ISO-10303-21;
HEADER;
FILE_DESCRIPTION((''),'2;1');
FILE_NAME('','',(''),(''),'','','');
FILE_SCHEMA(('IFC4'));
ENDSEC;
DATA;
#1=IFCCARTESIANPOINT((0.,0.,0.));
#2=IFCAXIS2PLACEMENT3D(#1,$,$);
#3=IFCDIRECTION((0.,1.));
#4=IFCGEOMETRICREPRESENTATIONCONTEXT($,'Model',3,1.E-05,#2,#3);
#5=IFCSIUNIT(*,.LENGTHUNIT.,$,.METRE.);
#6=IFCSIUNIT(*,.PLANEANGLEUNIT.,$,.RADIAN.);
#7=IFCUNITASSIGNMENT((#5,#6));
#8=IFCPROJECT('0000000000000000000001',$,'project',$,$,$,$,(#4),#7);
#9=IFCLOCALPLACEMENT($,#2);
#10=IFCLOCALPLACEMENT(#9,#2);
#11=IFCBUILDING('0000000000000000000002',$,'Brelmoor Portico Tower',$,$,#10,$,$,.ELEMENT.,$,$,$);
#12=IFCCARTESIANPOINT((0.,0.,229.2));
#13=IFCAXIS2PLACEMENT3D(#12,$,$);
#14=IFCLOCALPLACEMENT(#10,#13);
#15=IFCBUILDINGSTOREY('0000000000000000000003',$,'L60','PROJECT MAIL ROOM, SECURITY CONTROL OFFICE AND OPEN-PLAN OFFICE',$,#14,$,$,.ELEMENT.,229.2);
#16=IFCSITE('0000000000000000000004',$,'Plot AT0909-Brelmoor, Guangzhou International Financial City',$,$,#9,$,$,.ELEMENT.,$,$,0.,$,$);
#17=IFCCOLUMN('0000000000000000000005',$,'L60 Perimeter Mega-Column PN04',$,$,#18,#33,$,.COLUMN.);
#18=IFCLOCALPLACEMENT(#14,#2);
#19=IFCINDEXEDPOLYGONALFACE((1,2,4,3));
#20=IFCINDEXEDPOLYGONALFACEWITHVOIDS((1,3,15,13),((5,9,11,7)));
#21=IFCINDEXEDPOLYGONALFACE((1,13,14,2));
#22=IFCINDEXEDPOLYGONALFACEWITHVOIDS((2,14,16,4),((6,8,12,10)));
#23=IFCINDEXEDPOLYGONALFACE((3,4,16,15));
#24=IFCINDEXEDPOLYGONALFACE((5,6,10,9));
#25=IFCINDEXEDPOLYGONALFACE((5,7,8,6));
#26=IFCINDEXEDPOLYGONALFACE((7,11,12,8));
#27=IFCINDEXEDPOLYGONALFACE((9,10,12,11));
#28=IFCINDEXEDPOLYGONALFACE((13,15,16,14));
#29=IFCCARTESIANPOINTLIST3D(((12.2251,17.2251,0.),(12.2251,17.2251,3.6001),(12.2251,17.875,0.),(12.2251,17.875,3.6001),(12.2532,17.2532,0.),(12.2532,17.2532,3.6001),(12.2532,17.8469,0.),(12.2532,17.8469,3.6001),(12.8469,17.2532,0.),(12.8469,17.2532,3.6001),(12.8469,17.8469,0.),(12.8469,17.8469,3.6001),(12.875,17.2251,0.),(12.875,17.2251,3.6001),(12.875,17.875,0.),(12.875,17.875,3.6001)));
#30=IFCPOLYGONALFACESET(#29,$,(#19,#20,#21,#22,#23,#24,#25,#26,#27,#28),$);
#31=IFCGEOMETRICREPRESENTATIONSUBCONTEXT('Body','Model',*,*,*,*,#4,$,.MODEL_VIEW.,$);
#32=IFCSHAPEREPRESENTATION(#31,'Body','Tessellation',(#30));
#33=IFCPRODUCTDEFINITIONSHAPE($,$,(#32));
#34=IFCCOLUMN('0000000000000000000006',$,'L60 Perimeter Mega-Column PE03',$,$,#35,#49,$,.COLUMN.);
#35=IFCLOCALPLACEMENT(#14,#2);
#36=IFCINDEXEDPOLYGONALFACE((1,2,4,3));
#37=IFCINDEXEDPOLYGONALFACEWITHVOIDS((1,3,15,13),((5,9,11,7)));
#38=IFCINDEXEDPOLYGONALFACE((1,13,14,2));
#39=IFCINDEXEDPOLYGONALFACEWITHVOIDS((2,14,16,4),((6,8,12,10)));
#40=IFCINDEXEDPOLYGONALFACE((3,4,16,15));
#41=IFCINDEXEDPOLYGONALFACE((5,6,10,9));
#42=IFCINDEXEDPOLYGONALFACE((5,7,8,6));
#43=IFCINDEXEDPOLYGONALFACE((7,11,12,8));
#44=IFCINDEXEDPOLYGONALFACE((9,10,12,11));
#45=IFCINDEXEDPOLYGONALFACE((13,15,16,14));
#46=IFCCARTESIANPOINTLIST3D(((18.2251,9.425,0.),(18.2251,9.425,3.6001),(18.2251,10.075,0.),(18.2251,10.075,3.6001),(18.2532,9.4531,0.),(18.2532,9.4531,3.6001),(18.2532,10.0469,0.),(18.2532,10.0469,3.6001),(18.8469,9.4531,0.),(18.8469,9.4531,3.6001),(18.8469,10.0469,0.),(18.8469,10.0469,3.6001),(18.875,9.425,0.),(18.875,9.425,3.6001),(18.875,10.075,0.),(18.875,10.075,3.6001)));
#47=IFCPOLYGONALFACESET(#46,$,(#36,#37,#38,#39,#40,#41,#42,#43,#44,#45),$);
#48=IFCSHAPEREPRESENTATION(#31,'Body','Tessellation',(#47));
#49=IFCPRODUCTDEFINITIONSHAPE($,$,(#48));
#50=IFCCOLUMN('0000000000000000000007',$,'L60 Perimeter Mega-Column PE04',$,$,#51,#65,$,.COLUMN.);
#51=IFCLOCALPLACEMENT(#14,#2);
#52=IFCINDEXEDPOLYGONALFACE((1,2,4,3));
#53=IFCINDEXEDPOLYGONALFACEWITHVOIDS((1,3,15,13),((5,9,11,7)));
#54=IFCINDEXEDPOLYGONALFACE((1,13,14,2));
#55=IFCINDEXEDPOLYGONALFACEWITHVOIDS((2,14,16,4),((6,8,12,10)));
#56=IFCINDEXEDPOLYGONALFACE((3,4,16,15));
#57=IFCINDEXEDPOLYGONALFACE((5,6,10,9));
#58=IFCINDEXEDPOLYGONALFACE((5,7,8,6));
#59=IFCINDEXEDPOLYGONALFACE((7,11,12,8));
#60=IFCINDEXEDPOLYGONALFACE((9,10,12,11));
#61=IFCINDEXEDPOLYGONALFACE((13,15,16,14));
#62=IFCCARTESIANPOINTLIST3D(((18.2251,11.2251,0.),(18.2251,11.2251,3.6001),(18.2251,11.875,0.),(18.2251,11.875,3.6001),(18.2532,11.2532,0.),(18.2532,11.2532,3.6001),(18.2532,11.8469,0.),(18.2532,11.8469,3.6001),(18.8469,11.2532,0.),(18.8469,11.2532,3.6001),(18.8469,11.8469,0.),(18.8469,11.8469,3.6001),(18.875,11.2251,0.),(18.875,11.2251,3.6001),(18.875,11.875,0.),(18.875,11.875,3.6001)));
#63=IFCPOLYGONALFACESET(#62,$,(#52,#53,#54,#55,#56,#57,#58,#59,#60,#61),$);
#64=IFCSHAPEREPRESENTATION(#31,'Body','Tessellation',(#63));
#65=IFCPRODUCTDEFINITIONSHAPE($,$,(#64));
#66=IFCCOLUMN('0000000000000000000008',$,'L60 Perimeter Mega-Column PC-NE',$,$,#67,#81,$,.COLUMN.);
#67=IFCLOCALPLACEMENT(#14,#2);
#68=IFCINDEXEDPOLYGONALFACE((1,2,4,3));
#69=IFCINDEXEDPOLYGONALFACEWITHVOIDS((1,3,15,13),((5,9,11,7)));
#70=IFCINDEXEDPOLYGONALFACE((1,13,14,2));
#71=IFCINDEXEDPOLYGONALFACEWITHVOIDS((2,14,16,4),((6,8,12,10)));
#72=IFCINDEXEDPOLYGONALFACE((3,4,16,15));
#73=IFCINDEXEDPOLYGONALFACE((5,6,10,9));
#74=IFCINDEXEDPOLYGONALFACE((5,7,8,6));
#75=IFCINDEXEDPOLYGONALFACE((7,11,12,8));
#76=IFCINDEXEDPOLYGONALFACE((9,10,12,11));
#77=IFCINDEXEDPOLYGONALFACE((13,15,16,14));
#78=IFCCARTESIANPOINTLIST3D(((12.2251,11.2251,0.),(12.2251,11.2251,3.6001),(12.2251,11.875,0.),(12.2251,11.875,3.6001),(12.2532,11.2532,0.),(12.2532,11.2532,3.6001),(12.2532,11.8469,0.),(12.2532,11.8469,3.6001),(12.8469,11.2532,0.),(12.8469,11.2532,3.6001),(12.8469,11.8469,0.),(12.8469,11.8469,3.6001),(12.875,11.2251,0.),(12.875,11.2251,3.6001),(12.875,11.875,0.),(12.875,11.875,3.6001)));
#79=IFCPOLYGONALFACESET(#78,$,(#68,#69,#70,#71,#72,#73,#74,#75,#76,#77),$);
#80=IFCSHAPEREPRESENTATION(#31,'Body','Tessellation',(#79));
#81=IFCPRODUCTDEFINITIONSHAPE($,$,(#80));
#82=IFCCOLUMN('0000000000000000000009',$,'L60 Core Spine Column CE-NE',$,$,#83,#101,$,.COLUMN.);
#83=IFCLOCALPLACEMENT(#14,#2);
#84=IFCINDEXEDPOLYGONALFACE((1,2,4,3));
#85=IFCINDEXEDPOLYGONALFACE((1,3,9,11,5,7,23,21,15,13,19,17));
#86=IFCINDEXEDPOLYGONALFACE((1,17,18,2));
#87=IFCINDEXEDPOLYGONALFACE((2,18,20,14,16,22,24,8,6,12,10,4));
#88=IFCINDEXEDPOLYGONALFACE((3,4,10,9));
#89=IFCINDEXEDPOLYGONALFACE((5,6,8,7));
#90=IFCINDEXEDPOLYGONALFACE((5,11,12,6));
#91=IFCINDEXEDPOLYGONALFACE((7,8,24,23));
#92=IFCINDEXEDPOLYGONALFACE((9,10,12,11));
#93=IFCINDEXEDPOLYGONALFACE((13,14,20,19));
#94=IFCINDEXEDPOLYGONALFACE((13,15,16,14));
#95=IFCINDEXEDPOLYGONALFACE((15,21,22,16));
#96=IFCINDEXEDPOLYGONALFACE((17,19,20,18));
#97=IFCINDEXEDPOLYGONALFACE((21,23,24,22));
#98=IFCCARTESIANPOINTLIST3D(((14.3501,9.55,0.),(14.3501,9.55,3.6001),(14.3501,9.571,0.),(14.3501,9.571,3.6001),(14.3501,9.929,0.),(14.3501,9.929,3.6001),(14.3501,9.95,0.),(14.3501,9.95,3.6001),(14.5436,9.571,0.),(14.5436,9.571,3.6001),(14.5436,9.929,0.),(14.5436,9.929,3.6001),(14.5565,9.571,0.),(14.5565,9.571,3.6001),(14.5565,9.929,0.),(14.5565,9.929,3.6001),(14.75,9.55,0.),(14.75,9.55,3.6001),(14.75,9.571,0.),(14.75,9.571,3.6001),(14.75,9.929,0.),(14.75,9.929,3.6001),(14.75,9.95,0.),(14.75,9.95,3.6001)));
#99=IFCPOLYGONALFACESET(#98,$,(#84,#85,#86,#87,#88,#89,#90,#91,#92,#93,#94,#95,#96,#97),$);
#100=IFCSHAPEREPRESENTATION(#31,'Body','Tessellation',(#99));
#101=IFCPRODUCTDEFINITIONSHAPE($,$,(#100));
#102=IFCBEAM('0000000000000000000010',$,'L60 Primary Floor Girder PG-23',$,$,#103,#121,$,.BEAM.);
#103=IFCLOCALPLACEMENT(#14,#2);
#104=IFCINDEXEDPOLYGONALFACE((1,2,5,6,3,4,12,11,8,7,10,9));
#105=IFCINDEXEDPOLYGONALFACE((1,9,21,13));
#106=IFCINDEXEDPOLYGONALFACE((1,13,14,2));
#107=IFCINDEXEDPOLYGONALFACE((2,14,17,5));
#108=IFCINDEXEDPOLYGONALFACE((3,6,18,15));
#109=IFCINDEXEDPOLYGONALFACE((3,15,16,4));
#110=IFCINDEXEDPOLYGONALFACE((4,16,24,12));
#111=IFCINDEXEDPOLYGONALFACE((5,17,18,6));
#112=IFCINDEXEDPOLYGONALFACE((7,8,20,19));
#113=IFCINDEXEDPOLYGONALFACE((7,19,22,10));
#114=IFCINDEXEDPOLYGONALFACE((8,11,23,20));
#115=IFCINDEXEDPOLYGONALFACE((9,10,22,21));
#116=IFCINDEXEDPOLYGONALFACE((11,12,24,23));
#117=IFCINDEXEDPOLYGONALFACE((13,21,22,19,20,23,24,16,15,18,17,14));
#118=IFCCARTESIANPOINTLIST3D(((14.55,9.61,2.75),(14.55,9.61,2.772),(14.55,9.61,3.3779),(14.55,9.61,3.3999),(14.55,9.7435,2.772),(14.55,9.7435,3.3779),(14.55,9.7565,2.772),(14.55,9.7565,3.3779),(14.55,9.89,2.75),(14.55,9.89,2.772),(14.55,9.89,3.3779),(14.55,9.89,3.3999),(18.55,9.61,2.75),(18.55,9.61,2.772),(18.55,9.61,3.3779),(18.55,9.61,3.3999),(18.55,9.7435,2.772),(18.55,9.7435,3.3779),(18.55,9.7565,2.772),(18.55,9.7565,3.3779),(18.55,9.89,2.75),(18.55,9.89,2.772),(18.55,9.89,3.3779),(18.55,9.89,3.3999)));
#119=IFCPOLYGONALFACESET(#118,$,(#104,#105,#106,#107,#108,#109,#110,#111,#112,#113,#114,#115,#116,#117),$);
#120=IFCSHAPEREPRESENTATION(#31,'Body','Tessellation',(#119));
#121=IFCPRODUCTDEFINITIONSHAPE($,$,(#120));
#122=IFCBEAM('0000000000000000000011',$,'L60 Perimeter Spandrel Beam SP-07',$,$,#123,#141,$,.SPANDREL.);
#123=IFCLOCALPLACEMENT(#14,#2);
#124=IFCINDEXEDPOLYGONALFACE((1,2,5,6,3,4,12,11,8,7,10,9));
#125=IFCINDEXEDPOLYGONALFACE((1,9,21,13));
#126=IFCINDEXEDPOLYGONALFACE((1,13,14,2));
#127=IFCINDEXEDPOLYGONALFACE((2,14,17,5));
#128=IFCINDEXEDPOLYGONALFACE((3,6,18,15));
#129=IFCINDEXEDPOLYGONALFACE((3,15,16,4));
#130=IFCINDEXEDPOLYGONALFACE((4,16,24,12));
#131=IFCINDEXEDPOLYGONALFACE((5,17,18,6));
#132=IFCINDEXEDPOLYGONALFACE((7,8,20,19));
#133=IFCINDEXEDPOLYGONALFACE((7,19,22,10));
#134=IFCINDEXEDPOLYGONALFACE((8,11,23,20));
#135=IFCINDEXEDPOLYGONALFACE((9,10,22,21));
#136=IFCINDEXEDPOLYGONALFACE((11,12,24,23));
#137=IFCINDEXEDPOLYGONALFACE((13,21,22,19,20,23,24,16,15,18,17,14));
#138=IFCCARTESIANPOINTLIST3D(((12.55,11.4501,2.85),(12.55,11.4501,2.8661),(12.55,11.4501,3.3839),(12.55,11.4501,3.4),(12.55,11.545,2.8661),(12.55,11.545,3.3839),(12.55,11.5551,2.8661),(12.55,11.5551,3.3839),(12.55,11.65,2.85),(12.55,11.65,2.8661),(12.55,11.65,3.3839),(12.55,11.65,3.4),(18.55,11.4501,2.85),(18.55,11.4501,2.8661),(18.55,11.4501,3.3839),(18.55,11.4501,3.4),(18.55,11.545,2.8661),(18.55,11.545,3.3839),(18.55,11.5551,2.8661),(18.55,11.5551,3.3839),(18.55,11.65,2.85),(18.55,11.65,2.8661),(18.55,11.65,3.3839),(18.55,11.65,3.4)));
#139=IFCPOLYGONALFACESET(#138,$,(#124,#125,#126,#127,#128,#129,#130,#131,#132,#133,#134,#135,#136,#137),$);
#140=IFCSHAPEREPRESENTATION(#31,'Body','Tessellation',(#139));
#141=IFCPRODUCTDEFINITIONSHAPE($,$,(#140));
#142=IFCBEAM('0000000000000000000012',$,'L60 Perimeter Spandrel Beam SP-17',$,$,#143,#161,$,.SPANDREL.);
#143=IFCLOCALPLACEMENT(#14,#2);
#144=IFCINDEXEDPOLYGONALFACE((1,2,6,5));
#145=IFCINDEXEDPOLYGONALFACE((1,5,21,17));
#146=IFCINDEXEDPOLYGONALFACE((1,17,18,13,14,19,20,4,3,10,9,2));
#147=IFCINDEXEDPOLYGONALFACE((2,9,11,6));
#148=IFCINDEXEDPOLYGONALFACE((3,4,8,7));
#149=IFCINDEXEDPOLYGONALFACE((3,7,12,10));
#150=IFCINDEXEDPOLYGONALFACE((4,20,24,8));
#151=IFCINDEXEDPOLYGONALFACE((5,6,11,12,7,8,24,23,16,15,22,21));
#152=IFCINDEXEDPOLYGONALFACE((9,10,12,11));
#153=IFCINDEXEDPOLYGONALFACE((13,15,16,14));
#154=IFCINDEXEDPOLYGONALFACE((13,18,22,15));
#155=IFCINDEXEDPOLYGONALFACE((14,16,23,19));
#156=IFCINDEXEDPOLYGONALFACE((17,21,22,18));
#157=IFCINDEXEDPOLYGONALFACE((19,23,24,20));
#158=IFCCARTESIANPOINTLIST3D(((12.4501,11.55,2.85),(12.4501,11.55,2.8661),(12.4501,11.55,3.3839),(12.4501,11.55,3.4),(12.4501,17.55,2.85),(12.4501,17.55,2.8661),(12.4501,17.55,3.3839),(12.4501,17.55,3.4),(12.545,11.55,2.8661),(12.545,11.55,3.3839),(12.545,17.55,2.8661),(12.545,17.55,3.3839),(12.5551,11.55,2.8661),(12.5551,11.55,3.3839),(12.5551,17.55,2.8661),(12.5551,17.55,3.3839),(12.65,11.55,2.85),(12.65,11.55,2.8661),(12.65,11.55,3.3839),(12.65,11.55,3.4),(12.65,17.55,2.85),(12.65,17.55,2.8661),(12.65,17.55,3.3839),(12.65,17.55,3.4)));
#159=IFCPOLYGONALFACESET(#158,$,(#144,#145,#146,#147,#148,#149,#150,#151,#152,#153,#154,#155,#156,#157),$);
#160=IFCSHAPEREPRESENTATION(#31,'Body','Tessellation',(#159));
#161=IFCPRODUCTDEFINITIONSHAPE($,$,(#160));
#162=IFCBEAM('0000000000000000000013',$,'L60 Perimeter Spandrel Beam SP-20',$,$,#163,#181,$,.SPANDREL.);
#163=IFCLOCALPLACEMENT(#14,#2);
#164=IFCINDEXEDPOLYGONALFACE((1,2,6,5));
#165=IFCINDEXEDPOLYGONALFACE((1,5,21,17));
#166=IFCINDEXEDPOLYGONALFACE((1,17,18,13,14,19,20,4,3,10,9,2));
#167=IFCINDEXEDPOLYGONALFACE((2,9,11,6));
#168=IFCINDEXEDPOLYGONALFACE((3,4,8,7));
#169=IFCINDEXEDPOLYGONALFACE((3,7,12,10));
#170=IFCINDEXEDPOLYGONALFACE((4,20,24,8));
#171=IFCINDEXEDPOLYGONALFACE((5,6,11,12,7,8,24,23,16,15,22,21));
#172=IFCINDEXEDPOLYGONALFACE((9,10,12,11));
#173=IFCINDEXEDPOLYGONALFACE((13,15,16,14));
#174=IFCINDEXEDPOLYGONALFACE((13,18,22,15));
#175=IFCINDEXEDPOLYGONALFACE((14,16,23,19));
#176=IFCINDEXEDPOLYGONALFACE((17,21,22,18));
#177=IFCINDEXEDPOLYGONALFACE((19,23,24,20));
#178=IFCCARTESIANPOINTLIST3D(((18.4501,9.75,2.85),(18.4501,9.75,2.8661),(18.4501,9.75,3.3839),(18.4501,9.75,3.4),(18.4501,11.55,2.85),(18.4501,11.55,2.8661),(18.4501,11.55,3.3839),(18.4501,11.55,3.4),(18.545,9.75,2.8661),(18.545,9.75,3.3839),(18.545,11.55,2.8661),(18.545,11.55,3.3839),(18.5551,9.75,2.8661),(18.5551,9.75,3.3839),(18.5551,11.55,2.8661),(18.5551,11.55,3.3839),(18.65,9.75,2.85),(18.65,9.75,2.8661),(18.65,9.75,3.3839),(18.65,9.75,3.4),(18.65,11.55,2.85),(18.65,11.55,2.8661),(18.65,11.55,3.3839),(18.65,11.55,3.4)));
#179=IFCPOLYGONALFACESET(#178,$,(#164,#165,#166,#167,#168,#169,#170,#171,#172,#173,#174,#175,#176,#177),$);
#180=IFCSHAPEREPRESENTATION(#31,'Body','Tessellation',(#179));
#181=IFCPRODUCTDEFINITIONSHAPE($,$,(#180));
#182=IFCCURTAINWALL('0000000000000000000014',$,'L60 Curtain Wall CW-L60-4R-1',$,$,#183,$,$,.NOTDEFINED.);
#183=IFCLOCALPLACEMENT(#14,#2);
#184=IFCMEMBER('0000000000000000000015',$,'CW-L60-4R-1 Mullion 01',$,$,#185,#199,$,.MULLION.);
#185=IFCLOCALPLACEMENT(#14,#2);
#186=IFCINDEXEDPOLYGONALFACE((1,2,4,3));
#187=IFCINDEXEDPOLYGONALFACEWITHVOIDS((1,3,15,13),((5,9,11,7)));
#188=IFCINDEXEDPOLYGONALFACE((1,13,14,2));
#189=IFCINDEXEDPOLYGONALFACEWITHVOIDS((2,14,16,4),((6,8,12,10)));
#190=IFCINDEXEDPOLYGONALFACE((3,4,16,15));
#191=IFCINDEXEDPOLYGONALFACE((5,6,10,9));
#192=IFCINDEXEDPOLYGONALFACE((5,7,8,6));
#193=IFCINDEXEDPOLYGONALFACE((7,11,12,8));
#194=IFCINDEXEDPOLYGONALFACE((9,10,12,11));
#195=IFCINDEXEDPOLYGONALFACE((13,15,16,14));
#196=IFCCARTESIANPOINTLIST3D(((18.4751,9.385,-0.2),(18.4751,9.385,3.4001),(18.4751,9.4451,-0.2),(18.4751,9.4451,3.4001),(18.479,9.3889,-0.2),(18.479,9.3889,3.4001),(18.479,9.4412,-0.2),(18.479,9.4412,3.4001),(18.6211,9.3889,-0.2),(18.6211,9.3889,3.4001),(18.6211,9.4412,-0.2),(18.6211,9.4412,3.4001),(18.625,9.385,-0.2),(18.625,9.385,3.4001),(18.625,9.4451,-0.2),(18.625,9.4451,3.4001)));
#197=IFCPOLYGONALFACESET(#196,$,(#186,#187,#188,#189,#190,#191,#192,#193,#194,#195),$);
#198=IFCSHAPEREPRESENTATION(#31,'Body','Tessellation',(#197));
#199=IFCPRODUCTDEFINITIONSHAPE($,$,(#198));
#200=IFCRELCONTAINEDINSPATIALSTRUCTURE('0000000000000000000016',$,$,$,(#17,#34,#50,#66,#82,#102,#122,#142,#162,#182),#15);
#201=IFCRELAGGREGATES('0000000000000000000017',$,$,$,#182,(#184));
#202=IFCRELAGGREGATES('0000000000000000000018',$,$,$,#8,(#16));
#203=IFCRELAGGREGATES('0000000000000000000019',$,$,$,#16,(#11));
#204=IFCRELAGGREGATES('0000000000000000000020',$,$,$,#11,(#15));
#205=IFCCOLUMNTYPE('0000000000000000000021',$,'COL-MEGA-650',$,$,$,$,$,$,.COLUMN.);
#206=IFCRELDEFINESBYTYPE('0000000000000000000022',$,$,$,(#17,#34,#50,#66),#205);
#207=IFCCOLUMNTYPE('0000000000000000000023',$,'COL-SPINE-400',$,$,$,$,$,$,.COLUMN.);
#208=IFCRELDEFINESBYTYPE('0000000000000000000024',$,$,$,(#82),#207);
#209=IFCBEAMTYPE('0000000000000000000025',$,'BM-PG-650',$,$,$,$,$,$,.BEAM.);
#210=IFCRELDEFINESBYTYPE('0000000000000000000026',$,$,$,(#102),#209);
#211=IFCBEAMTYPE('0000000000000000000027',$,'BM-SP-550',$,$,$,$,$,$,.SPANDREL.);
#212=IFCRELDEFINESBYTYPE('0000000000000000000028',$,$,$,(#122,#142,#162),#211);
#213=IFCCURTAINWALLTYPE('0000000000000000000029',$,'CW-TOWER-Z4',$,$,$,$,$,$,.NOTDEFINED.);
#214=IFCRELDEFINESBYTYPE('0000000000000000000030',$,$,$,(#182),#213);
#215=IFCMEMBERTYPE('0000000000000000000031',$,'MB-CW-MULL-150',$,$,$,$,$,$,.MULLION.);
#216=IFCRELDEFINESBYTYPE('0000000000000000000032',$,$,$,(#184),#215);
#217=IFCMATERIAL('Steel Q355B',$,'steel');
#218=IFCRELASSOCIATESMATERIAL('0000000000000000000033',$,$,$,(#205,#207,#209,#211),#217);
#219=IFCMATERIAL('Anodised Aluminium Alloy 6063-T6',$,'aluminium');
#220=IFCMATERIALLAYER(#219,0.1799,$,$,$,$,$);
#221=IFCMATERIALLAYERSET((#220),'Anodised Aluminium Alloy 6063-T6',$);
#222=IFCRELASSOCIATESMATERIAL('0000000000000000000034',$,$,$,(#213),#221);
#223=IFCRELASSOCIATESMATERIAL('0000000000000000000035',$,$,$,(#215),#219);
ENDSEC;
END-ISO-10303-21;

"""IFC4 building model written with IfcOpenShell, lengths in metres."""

from ifc_helpers import new_model, si_unit, direction, frame, origin, origin_2d, place, context, subcontext, project, spatial, hollow_rectangle, i_section, extrude, material, layer, layer_set, material_profile, profile_set, type_object, element, aggregate, save


model = new_model("IFC4")

# Units and contexts
model_context = context("Model", 3, precision=1e-05, world=origin(), true_north=direction((0.0, 1.0)))
body_context = subcontext(model_context, "Body", "Model", "MODEL_VIEW")
ifc_project = project(units=[si_unit("LENGTHUNIT", "METRE"), si_unit("PLANEANGLEUNIT", "RADIAN")], contexts=[model_context])

# Site, building, storey
site_placement = place(None, origin())
site = spatial("IfcSite", under=ifc_project, at=site_placement, Name="Plot AT0909-Brelmoor, Guangzhou International Financial City", CompositionType="ELEMENT", RefElevation=0.0)
building_placement = place(site_placement, origin())
building = spatial("IfcBuilding", under=site, at=building_placement, Name="Brelmoor Portico Tower", CompositionType="ELEMENT")
storey_placement = place(building_placement, frame((0.0, 0.0, 229.2)))
storey = spatial("IfcBuildingStorey", under=building, at=storey_placement, Name="L60", Description="PROJECT MAIL ROOM, SECURITY CONTROL OFFICE AND OPEN-PLAN OFFICE", CompositionType="ELEMENT", Elevation=229.2)

# Columns
ifc_material_1 = material(Name="Steel Q355B", Category="steel")
ifc_material_profile_1 = material_profile(ifc_material_1, hollow_rectangle(XDim=0.6499, YDim=0.6499, WallThickness=0.0281, at=origin_2d()), Name="BOX 650x650x28")
ifc_profile_set_1 = profile_set([ifc_material_profile_1], Name="Steel Q355B")
column_type_1 = type_object("IfcColumnType", Name="COL-MEGA-650", PredefinedType="COLUMN", material=ifc_profile_set_1)
for number, where, z_axis, x_axis, name in (
    (1, (12.55, 17.55, 0.0), (0.0, 0.0, 1.0), (1.0, 0.0, 0.0), "L60 Perimeter Mega-Column PN04"),
    (2, (18.55, 9.75, 0.0), (0.0, 0.0, 1.0), (0.0, 1.0, 0.0), "L60 Perimeter Mega-Column PE03"),
    (3, (18.55, 11.55, 0.0), (0.0, 0.0, 1.0), (0.0, 1.0, 0.0), "L60 Perimeter Mega-Column PE04"),
    (4, (12.55, 11.55, 0.0), (0.0, 0.0, 1.0), (1.0, 0.0, 0.0), "L60 Perimeter Mega-Column PC-NE"),
):
    element("IfcColumn", number, at=place(storey_placement, frame(where, z_axis=z_axis, x_axis=x_axis)), inside=storey, type_object=column_type_1, Name=name, PredefinedType="COLUMN", context=body_context, shape_type="SweptSolid", body=[
        extrude(hollow_rectangle(XDim=0.6499, YDim=0.6499, WallThickness=0.0281, at=origin_2d()), origin(), (0.0, 0.0, 1.0), 3.6001),
    ])
ifc_material_profile_2 = material_profile(ifc_material_1, i_section(OverallWidth=0.3999, OverallDepth=0.3999, WebThickness=0.0129, FlangeThickness=0.021, at=origin_2d()), Name="HW 400x400x13x21")
ifc_profile_set_2 = profile_set([ifc_material_profile_2], Name="Steel Q355B")
column_type_2 = type_object("IfcColumnType", Name="COL-SPINE-400", PredefinedType="COLUMN", material=ifc_profile_set_2)
column_placement = place(storey_placement, frame((14.55, 9.75, 0.0), z_axis=(0.0, 0.0, 1.0), x_axis=(1.0, 0.0, 0.0)))
element("IfcColumn", 5, at=column_placement, inside=storey, type_object=column_type_2, Name="L60 Core Spine Column CE-NE", PredefinedType="COLUMN", context=body_context, shape_type="SweptSolid", body=[
    extrude(i_section(OverallWidth=0.3999, OverallDepth=0.3999, WebThickness=0.0129, FlangeThickness=0.021, at=origin_2d()), origin(), (0.0, 0.0, 1.0), 3.6001),
])

# Beams
ifc_material_profile_3 = material_profile(ifc_material_1, i_section(OverallWidth=0.28, OverallDepth=0.6499, WebThickness=0.0129, FlangeThickness=0.022, at=origin_2d()), Name="HN 650x280x13x22")
ifc_profile_set_3 = profile_set([ifc_material_profile_3], Name="Steel Q355B")
beam_type_1 = type_object("IfcBeamType", Name="BM-PG-650", PredefinedType="BEAM", material=ifc_profile_set_3)
beam_1_placement = place(storey_placement, frame((14.55, 9.75, 3.075), z_axis=(1.0, 0.0, 0.0), x_axis=(0.0, 1.0, 0.0)))
element("IfcBeam", 6, at=beam_1_placement, inside=storey, type_object=beam_type_1, Name="L60 Primary Floor Girder PG-23", PredefinedType="BEAM", context=body_context, shape_type="SweptSolid", body=[
    extrude(i_section(OverallWidth=0.28, OverallDepth=0.6499, WebThickness=0.0129, FlangeThickness=0.022, at=origin_2d()), origin(), (0.0, 0.0, 1.0), 4.0),
])
ifc_material_profile_4 = material_profile(ifc_material_1, i_section(OverallWidth=0.2, OverallDepth=0.55, WebThickness=0.01, FlangeThickness=0.0161, at=origin_2d()), Name="HN 550x200x10x16")
ifc_profile_set_4 = profile_set([ifc_material_profile_4], Name="Steel Q355B")
beam_type_2 = type_object("IfcBeamType", Name="BM-SP-550", PredefinedType="SPANDREL", material=ifc_profile_set_4)
for number, where, z_axis, x_axis, name in (
    (7, (12.55, 11.55, 3.125), (1.0, 0.0, 0.0), (0.0, 1.0, 0.0), "L60 Perimeter Spandrel Beam SP-07"),
    (8, (12.55, 11.55, 3.125), (0.0, 1.0, 0.0), (-1.0, 0.0, 0.0), "L60 Perimeter Spandrel Beam SP-17"),
):
    element("IfcBeam", number, at=place(storey_placement, frame(where, z_axis=z_axis, x_axis=x_axis)), inside=storey, type_object=beam_type_2, Name=name, PredefinedType="SPANDREL", context=body_context, shape_type="SweptSolid", body=[
        extrude(i_section(OverallWidth=0.2, OverallDepth=0.55, WebThickness=0.01, FlangeThickness=0.0161, at=origin_2d()), origin(), (0.0, 0.0, 1.0), 6.0),
    ])
beam_2_placement = place(storey_placement, frame((18.55, 9.75, 3.125), z_axis=(0.0, 1.0, 0.0), x_axis=(-1.0, 0.0, 0.0)))
element("IfcBeam", 9, at=beam_2_placement, inside=storey, type_object=beam_type_2, Name="L60 Perimeter Spandrel Beam SP-20", PredefinedType="SPANDREL", context=body_context, shape_type="SweptSolid", body=[
    extrude(i_section(OverallWidth=0.2, OverallDepth=0.55, WebThickness=0.01, FlangeThickness=0.0161, at=origin_2d()), origin(), (0.0, 0.0, 1.0), 1.8),
])

# Curtain wall, member
ifc_material_2 = material(Name="Anodised Aluminium Alloy 6063-T6", Category="aluminium")
ifc_layer_1 = layer(ifc_material_2, 0.1799)
ifc_layer_set_1 = layer_set([ifc_layer_1], Name="Anodised Aluminium Alloy 6063-T6")
curtain_wall_type = type_object("IfcCurtainWallType", Name="CW-TOWER-Z4", PredefinedType="NOTDEFINED", material=ifc_layer_set_1)
curtain_wall_1_placement = place(storey_placement, origin())
curtain_wall_1 = element("IfcCurtainWall", 10, at=curtain_wall_1_placement, inside=storey, type_object=curtain_wall_type, Name="L60 Curtain Wall CW-L60-4R-1", PredefinedType="NOTDEFINED")
ifc_material_profile_5 = material_profile(ifc_material_2, hollow_rectangle(XDim=0.0601, YDim=0.1499, WallThickness=0.0039, at=origin_2d()), Name="ALU MULLION 60x150")
ifc_profile_set_5 = profile_set([ifc_material_profile_5], Name="Anodised Aluminium Alloy 6063-T6")
member_type_1 = type_object("IfcMemberType", Name="MB-CW-MULL-150", PredefinedType="MULLION", material=ifc_profile_set_5)
member_1_placement = place(storey_placement, frame((18.55, 9.415, -0.2), z_axis=(0.0, 0.0, 1.0), x_axis=(0.0, 1.0, 0.0)))
member_1 = element("IfcMember", 11, at=member_1_placement, type_object=member_type_1, Name="CW-L60-4R-1 Mullion 01", PredefinedType="MULLION", context=body_context, shape_type="SweptSolid", body=[
    extrude(hollow_rectangle(XDim=0.0601, YDim=0.1499, WallThickness=0.0039, at=origin_2d()), origin(), (0.0, 0.0, 1.0), 3.6001),
])
aggregate(curtain_wall_1, [member_1])

save(model, "model.ifc")
